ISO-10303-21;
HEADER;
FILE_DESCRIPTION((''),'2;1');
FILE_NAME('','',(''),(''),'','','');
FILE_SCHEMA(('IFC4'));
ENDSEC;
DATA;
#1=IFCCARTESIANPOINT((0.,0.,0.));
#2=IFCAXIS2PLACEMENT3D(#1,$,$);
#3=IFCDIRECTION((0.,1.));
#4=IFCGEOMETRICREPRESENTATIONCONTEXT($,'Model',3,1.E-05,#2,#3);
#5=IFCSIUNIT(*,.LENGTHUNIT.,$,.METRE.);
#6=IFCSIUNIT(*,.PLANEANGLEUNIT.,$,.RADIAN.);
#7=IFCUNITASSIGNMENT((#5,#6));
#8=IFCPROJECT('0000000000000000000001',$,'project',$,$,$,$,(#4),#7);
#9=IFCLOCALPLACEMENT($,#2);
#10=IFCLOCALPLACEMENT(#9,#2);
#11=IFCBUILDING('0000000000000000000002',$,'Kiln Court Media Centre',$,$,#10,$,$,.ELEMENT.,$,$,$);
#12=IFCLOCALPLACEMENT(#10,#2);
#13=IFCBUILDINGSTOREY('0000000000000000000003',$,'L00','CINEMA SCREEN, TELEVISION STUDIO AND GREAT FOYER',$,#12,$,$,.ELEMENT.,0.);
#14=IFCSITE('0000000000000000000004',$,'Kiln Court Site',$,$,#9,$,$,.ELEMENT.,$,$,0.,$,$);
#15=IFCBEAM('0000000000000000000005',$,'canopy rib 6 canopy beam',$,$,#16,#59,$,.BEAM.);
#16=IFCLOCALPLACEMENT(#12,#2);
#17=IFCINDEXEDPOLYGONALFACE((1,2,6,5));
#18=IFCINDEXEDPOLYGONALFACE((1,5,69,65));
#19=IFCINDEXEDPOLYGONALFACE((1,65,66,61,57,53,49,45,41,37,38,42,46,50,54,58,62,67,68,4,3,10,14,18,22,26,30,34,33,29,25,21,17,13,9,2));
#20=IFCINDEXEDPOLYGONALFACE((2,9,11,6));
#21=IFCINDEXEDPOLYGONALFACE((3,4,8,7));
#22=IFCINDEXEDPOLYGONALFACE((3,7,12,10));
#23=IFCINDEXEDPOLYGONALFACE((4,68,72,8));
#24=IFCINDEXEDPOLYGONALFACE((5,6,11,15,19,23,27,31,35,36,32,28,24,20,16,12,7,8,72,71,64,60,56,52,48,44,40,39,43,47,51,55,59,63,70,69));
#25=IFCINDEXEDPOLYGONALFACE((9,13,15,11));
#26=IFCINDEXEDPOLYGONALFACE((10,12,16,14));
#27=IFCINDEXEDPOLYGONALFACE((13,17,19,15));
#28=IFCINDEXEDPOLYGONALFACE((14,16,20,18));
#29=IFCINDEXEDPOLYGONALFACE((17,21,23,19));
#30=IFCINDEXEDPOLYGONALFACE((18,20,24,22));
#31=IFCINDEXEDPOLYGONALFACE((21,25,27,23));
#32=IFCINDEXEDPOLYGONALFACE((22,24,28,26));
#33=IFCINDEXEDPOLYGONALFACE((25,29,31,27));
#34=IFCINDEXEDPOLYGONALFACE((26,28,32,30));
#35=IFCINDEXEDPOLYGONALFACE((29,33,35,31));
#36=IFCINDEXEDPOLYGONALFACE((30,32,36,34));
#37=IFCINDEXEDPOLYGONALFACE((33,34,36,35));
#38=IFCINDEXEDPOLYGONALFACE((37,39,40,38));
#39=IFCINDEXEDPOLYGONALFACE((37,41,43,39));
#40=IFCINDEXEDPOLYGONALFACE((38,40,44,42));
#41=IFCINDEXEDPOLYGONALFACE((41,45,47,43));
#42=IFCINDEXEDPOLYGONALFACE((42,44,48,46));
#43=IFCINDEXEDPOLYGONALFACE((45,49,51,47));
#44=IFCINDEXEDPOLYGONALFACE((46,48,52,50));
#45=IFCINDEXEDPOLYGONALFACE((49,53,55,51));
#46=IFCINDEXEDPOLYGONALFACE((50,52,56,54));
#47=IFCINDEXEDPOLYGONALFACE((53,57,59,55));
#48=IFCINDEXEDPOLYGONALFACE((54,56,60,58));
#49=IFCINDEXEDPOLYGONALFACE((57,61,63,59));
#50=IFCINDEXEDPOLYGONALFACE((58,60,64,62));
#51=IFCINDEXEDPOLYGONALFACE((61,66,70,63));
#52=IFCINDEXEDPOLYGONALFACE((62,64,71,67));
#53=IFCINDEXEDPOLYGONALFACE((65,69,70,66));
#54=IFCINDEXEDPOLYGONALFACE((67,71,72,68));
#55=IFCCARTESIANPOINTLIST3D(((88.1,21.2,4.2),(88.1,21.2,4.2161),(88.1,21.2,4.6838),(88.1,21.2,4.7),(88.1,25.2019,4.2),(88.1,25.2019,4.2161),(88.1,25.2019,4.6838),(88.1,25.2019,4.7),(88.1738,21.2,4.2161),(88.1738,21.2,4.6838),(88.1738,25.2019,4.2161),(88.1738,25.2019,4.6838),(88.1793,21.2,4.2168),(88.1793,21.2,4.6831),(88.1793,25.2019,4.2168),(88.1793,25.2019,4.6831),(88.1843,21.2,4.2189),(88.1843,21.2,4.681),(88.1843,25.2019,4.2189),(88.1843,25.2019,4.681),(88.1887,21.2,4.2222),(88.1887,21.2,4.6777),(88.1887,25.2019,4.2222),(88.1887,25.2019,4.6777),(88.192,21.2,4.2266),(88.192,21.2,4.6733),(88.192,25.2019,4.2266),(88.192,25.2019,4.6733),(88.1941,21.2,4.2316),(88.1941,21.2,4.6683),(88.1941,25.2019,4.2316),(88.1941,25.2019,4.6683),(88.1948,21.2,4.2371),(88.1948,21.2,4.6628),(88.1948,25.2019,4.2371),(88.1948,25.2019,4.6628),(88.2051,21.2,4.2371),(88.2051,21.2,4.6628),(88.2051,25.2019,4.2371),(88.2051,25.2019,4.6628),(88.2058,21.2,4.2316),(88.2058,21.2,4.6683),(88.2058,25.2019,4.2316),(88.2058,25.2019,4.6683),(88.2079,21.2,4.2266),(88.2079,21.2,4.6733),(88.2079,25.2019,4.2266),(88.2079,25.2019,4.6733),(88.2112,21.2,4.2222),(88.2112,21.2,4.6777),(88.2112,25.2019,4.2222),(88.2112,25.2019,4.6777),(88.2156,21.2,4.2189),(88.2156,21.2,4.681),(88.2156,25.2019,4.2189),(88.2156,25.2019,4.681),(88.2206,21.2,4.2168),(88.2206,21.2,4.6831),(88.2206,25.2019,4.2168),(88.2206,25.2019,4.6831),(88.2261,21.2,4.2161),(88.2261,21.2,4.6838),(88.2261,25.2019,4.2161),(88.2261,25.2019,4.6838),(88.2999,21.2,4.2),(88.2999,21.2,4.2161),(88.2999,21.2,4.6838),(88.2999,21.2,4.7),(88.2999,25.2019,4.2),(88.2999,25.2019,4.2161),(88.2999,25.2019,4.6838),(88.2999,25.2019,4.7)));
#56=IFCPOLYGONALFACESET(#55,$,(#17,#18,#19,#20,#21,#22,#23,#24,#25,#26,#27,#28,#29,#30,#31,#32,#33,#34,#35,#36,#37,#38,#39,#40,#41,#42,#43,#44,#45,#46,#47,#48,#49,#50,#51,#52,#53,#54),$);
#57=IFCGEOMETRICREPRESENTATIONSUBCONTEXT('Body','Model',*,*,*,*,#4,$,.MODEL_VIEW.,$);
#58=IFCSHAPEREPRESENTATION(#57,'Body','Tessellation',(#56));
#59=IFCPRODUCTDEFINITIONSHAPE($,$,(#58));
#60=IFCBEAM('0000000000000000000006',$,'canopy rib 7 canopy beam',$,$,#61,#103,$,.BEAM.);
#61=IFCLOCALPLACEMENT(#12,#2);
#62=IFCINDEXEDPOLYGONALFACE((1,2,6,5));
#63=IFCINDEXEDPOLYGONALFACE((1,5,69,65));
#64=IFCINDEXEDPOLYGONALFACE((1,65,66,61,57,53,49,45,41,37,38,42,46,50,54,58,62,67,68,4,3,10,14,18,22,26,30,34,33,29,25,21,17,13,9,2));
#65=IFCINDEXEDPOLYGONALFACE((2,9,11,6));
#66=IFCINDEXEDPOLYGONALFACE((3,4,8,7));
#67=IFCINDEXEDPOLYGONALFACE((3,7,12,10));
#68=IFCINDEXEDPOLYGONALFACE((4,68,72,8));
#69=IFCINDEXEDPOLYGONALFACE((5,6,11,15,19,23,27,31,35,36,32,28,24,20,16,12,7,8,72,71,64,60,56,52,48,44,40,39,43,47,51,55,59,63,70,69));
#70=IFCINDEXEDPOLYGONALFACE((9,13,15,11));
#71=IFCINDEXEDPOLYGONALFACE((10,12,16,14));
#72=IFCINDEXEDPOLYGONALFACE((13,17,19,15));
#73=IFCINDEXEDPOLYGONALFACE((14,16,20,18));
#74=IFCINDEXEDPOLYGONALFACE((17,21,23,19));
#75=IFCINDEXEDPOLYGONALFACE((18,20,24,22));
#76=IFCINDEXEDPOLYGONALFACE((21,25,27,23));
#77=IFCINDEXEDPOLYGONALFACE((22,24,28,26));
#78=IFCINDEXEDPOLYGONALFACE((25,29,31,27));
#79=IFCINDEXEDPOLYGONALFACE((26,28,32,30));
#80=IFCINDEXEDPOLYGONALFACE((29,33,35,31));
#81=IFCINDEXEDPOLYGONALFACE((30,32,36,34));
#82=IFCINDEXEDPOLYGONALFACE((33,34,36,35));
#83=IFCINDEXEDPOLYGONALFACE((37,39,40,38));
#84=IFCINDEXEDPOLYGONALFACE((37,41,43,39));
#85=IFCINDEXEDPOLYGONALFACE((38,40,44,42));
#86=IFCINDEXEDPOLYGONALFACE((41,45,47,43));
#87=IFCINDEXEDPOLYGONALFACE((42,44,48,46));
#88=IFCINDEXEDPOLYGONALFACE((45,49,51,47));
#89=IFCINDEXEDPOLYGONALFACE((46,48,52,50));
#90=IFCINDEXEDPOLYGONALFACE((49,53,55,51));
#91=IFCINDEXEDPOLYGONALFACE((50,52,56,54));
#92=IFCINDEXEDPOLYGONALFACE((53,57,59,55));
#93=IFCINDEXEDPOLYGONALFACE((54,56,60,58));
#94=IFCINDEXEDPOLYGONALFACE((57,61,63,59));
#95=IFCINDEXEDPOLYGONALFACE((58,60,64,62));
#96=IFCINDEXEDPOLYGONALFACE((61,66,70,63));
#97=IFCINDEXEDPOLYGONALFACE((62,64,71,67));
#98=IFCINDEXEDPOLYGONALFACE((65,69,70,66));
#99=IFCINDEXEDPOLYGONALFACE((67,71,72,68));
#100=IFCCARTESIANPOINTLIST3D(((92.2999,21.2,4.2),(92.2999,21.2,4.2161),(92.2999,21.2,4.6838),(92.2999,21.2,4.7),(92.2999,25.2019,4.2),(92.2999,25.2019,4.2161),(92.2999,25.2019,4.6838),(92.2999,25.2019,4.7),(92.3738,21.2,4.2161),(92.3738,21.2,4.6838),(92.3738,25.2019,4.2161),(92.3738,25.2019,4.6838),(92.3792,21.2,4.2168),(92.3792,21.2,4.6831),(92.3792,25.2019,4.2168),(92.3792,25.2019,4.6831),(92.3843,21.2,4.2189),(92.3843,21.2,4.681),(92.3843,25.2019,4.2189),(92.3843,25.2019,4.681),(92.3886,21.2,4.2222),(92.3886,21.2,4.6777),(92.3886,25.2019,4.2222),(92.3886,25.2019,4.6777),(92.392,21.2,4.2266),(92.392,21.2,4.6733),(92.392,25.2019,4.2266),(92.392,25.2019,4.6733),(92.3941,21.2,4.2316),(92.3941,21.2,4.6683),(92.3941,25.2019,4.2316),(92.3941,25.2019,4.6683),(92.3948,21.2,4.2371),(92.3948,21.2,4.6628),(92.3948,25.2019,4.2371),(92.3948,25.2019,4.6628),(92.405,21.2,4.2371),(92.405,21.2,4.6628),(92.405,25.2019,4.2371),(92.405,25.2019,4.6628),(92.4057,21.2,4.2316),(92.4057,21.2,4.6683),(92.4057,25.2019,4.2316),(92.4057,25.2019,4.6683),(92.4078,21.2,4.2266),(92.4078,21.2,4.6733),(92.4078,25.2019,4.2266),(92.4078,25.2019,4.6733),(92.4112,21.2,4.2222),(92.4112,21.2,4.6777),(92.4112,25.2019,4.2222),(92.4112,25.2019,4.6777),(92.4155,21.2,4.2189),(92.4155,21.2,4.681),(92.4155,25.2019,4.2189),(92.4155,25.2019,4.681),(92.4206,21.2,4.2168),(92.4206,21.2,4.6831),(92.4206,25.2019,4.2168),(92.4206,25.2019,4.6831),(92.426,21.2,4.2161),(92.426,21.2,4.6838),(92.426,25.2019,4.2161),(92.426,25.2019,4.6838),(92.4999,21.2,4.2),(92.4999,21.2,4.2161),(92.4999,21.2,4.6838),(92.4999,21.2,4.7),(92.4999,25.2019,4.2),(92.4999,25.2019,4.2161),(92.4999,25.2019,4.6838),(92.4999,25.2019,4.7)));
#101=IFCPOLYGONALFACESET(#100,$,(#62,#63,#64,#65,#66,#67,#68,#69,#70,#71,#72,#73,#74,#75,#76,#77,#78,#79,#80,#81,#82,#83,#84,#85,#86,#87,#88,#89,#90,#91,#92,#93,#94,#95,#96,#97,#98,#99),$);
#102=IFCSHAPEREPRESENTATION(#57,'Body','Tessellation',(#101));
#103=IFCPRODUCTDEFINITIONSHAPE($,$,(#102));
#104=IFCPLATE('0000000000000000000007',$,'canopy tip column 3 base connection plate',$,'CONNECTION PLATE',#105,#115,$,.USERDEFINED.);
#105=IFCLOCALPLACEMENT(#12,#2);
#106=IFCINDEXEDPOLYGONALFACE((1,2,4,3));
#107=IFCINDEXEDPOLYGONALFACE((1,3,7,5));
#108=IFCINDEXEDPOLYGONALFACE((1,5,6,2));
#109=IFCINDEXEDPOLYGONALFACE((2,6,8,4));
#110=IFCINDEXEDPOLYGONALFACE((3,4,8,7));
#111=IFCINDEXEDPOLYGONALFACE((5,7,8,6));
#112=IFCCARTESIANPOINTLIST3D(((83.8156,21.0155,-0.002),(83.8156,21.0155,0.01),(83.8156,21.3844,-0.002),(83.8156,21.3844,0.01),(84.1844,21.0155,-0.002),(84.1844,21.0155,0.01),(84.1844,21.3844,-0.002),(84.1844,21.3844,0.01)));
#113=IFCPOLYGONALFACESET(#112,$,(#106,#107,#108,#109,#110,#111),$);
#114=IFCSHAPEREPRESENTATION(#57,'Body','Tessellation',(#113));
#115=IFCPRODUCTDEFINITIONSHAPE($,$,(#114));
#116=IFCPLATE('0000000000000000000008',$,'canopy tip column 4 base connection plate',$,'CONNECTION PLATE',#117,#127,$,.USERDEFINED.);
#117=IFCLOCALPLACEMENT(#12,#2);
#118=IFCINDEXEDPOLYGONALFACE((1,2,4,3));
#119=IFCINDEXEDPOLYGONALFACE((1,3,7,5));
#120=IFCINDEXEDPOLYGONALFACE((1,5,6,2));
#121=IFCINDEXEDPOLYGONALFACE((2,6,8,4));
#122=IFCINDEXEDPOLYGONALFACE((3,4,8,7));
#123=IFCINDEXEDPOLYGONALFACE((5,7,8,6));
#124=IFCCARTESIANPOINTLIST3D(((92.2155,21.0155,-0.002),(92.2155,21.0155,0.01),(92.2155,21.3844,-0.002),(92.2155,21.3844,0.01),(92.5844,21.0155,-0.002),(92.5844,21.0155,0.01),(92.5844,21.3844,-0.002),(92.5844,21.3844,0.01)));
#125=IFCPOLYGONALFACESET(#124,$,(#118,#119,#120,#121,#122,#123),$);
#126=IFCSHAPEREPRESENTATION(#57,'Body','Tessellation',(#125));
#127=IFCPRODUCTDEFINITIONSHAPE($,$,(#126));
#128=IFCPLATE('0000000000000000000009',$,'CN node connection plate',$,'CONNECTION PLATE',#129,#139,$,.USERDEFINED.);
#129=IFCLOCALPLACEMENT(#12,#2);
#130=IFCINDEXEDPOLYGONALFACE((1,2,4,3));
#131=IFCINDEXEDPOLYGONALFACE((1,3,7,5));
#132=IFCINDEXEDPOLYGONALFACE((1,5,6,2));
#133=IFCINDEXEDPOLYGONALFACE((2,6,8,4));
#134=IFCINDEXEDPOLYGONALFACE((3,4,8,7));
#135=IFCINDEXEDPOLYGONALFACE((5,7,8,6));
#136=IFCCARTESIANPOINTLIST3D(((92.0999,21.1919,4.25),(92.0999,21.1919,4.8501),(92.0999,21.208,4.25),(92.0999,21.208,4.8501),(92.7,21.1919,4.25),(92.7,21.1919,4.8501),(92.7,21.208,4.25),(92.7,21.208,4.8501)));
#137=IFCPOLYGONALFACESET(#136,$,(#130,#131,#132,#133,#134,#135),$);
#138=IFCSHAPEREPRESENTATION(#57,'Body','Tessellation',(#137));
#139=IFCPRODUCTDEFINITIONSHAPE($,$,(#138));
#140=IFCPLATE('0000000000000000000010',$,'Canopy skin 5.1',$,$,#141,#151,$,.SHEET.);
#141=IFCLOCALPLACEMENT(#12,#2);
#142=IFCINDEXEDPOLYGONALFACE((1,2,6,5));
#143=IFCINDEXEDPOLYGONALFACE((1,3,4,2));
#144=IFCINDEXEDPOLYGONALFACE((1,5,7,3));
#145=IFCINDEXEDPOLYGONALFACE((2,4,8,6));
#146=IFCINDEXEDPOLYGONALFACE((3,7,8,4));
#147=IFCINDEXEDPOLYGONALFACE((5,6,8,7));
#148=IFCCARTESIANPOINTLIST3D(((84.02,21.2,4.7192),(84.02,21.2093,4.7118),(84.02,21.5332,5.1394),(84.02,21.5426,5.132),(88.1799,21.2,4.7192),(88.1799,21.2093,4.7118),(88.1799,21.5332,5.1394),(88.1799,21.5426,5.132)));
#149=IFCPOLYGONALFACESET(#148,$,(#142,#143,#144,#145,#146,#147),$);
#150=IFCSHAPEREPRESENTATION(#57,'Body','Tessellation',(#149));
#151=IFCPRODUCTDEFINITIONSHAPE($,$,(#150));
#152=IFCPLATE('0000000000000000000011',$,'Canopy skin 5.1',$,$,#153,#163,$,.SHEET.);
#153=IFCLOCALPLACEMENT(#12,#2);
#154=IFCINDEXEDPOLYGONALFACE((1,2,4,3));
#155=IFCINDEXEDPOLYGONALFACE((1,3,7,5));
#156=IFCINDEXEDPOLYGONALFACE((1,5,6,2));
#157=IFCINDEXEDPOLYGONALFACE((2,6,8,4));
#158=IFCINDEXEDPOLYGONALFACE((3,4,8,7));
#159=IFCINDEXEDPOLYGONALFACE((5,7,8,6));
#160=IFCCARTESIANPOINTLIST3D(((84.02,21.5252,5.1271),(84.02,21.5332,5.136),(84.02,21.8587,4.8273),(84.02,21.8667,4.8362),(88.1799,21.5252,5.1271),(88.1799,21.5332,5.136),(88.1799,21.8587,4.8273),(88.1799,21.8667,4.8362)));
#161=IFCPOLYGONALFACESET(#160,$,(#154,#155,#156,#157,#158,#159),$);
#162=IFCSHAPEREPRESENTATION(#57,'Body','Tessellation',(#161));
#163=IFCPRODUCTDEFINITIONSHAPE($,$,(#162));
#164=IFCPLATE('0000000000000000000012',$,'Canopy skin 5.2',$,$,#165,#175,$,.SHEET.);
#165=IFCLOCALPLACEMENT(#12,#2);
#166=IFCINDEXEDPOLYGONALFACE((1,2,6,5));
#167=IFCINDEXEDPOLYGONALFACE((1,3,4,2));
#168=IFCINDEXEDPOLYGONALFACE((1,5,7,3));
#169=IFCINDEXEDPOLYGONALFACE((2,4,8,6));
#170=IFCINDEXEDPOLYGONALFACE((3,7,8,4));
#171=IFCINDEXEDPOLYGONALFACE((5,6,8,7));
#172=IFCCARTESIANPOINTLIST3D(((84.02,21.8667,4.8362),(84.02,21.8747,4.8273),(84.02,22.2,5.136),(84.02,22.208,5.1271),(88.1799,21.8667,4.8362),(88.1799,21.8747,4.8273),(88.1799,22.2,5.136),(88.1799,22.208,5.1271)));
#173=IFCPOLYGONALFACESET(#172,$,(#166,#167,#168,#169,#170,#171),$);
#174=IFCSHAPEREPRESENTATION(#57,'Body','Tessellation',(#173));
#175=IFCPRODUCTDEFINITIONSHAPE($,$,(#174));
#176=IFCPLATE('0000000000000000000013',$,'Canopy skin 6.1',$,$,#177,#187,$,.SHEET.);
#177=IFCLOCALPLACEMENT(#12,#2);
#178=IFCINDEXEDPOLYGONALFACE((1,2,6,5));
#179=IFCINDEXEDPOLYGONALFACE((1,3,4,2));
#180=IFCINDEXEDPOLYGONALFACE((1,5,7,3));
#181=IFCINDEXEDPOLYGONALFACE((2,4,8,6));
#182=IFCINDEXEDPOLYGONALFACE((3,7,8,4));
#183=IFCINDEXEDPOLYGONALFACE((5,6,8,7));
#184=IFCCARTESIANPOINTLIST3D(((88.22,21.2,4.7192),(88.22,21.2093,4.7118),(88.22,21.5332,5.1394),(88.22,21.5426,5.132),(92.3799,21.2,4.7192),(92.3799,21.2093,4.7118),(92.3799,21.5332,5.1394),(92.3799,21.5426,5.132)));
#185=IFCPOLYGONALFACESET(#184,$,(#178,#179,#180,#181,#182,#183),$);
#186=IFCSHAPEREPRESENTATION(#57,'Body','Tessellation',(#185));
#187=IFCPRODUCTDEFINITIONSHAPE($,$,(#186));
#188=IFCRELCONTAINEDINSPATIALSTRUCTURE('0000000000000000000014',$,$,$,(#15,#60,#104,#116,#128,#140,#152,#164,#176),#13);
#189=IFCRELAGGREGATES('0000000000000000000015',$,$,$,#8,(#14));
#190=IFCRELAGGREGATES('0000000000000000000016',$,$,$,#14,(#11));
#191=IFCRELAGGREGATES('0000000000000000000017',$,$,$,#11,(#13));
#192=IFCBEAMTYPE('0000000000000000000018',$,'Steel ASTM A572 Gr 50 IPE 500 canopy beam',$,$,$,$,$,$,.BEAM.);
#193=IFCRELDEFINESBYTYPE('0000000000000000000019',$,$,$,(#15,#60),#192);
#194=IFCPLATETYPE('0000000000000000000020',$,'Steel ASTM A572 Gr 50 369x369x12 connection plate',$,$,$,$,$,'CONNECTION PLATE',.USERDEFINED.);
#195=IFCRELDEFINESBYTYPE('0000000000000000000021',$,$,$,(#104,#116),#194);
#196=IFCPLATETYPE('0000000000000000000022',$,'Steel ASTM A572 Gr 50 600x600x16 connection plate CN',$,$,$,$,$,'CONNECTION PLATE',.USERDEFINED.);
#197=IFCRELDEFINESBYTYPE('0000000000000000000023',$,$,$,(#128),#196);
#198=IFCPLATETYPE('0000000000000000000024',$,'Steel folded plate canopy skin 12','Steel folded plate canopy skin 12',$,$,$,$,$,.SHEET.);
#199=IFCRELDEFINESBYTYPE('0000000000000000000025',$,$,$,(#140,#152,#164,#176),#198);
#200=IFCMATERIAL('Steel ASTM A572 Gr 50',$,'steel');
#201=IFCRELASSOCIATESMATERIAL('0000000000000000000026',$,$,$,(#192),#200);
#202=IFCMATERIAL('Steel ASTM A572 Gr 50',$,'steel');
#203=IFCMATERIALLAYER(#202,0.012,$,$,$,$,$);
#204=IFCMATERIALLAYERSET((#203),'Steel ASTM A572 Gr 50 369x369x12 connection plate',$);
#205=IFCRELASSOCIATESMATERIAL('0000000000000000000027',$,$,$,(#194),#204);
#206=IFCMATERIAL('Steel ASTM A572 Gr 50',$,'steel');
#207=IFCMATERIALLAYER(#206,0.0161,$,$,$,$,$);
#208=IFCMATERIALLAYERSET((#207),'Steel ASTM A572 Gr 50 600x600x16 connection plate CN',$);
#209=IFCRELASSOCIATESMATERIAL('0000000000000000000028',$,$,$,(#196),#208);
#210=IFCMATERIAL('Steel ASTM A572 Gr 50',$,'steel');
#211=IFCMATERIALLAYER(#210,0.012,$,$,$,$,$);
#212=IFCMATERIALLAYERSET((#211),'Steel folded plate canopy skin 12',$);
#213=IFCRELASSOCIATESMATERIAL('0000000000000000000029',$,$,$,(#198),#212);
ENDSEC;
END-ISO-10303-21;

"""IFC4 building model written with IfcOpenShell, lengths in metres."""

from ifc_helpers import new_model, si_unit, direction, frame, origin, origin_2d, place, context, subcontext, project, spatial, polyline, rectangle, i_section, outline, extrude, material, layer, layer_set, material_profile, profile_set, type_object, element, save


model = new_model("IFC4")

# Units and contexts
model_context = context("Model", 3, precision=1e-05, world=origin(), true_north=direction((0.0, 1.0)))
body_context = subcontext(model_context, "Body", "Model", "MODEL_VIEW")
ifc_project = project(units=[si_unit("LENGTHUNIT", "METRE"), si_unit("PLANEANGLEUNIT", "RADIAN")], contexts=[model_context])

# Site, building, storey
site_placement = place(None, origin())
site = spatial("IfcSite", under=ifc_project, at=site_placement, Name="Kiln Court Site", CompositionType="ELEMENT", RefElevation=0.0)
building_placement = place(site_placement, origin())
building = spatial("IfcBuilding", under=site, at=building_placement, Name="Kiln Court Media Centre", CompositionType="ELEMENT")
storey_placement = place(building_placement, origin())
storey = spatial("IfcBuildingStorey", under=building, at=storey_placement, Name="L00", Description="CINEMA SCREEN, TELEVISION STUDIO AND GREAT FOYER", CompositionType="ELEMENT", Elevation=0.0)

# Beams
ifc_material_1 = material(Name="Steel ASTM A572 Gr 50", Category="steel")
ifc_material_profile_1 = material_profile(ifc_material_1, i_section(OverallWidth=0.2, OverallDepth=0.5, WebThickness=0.0103, FlangeThickness=0.0161, FilletRadius=0.021, at=origin_2d()), Name="IPE 500")
ifc_profile_set_1 = profile_set([ifc_material_profile_1], Name="Steel ASTM A572 Gr 50")
beam_type = type_object("IfcBeamType", Name="Steel ASTM A572 Gr 50 IPE 500 canopy beam", PredefinedType="BEAM", material=ifc_profile_set_1)
for number, where, z_axis, x_axis, name in (
    (1, (88.2, 21.2, 4.45), (0.0, 1.0, 0.0), (-1.0, 0.0, 0.0), "canopy rib 6 canopy beam"),
    (2, (92.3999, 21.2, 4.45), (0.0, 1.0, 0.0), (-1.0, 0.0, 0.0), "canopy rib 7 canopy beam"),
):
    element("IfcBeam", number, at=place(storey_placement, frame(where, z_axis=z_axis, x_axis=x_axis)), inside=storey, type_object=beam_type, Name=name, PredefinedType="BEAM", context=body_context, shape_type="SweptSolid", body=[
        extrude(i_section(OverallWidth=0.2, OverallDepth=0.5, WebThickness=0.0103, FlangeThickness=0.0161, FilletRadius=0.021, at=origin_2d()), origin(), (0.0, 0.0, 1.0), 4.002),
    ])

# Plates
ifc_material_2 = material(Name="Steel ASTM A572 Gr 50", Category="steel")
ifc_layer_1 = layer(ifc_material_2, 0.012)
ifc_layer_set_1 = layer_set([ifc_layer_1], Name="Steel ASTM A572 Gr 50 369x369x12 connection plate")
plate_type_1 = type_object("IfcPlateType", Name="Steel ASTM A572 Gr 50 369x369x12 connection plate", ElementType="CONNECTION PLATE", PredefinedType="USERDEFINED", material=ifc_layer_set_1)
for number, where, z_axis, x_axis, name in (
    (3, (84.0, 21.2, -0.002), (0.0, 0.0, 1.0), (1.0, 0.0, 0.0), "canopy tip column 3 base connection plate"),
    (4, (92.3999, 21.2, -0.002), (0.0, 0.0, 1.0), (1.0, 0.0, 0.0), "canopy tip column 4 base connection plate"),
):
    element("IfcPlate", number, at=place(storey_placement, frame(where, z_axis=z_axis, x_axis=x_axis)), inside=storey, type_object=plate_type_1, Name=name, ObjectType="CONNECTION PLATE", PredefinedType="USERDEFINED", context=body_context, shape_type="SweptSolid", body=[
        extrude(rectangle(XDim=0.3689, YDim=0.3689, at=origin_2d()), origin(), (0.0, 0.0, 1.0), 0.012),
    ])
ifc_material_3 = material(Name="Steel ASTM A572 Gr 50", Category="steel")
ifc_layer_2 = layer(ifc_material_3, 0.0161)
ifc_layer_set_2 = layer_set([ifc_layer_2], Name="Steel ASTM A572 Gr 50 600x600x16 connection plate CN")
plate_type_2 = type_object("IfcPlateType", Name="Steel ASTM A572 Gr 50 600x600x16 connection plate CN", ElementType="CONNECTION PLATE", PredefinedType="USERDEFINED", material=ifc_layer_set_2)
plate_1_placement = place(storey_placement, frame((92.3999, 21.2, 4.25), z_axis=(0.0, 0.0, 1.0), x_axis=(1.0, 0.0, 0.0)))
element("IfcPlate", 5, at=plate_1_placement, inside=storey, type_object=plate_type_2, Name="CN node connection plate", ObjectType="CONNECTION PLATE", PredefinedType="USERDEFINED", context=body_context, shape_type="SweptSolid", body=[
    extrude(rectangle(XDim=0.6001, YDim=0.0161, at=origin_2d()), origin(), (0.0, 0.0, 1.0), 0.6001),
])
ifc_material_4 = material(Name="Steel ASTM A572 Gr 50", Category="steel")
ifc_layer_3 = layer(ifc_material_4, 0.012)
ifc_layer_set_3 = layer_set([ifc_layer_3], Name="Steel folded plate canopy skin 12")
plate_type_3 = type_object("IfcPlateType", Name="Steel folded plate canopy skin 12", Description="Steel folded plate canopy skin 12", PredefinedType="SHEET", material=ifc_layer_set_3)
plate_2_placement = place(storey_placement, frame((84.02, 21.2, 4.7192), z_axis=(0.0, -0.783482, 0.621414), x_axis=(1.0, 0.0, 0.0)))
element("IfcPlate", 6, at=plate_2_placement, inside=storey, type_object=plate_type_3, Name="Canopy skin 5.1", PredefinedType="SHEET", context=body_context, shape_type="SweptSolid", body=[
    extrude(outline(polyline([(0.0, 0.0), (4.1599, 0.0), (4.1599, 0.5363), (0.0, 0.5363), (0.0, 0.0)])), origin(), (0.0, 0.0, -1.0), 0.012),
])
plate_3_placement = place(storey_placement, frame((84.02, 21.5332, 5.136), z_axis=(0.0, 0.668544, 0.743673), x_axis=(1.0, 0.0, 0.0)))
element("IfcPlate", 7, at=plate_3_placement, inside=storey, type_object=plate_type_3, Name="Canopy skin 5.1", PredefinedType="SHEET", context=body_context, shape_type="SweptSolid", body=[
    extrude(outline(polyline([(0.0, 0.0), (4.1599, 0.0), (4.1599, 0.4484), (0.0, 0.4484), (0.0, 0.0)])), origin(), (0.0, 0.0, -1.0), 0.012),
])
plate_4_placement = place(storey_placement, frame((84.02, 21.8667, 4.8362), z_axis=(0.0, -0.668814, 0.74343), x_axis=(1.0, 0.0, 0.0)))
element("IfcPlate", 8, at=plate_4_placement, inside=storey, type_object=plate_type_3, Name="Canopy skin 5.2", PredefinedType="SHEET", context=body_context, shape_type="SweptSolid", body=[
    extrude(outline(polyline([(0.0, 0.0), (4.1599, 0.0), (4.1599, 0.4483), (0.0, 0.4483), (0.0, 0.0)])), origin(), (0.0, 0.0, -1.0), 0.012),
])
plate_5_placement = place(storey_placement, frame((88.22, 21.2, 4.7192), z_axis=(0.0, -0.783482, 0.621414), x_axis=(1.0, 0.0, 0.0)))
element("IfcPlate", 9, at=plate_5_placement, inside=storey, type_object=plate_type_3, Name="Canopy skin 6.1", PredefinedType="SHEET", context=body_context, shape_type="SweptSolid", body=[
    extrude(outline(polyline([(0.0, 0.0), (4.1599, 0.0), (4.1599, 0.5363), (0.0, 0.5363), (0.0, 0.0)])), origin(), (0.0, 0.0, -1.0), 0.012),
])

save(model, "model.ifc")
